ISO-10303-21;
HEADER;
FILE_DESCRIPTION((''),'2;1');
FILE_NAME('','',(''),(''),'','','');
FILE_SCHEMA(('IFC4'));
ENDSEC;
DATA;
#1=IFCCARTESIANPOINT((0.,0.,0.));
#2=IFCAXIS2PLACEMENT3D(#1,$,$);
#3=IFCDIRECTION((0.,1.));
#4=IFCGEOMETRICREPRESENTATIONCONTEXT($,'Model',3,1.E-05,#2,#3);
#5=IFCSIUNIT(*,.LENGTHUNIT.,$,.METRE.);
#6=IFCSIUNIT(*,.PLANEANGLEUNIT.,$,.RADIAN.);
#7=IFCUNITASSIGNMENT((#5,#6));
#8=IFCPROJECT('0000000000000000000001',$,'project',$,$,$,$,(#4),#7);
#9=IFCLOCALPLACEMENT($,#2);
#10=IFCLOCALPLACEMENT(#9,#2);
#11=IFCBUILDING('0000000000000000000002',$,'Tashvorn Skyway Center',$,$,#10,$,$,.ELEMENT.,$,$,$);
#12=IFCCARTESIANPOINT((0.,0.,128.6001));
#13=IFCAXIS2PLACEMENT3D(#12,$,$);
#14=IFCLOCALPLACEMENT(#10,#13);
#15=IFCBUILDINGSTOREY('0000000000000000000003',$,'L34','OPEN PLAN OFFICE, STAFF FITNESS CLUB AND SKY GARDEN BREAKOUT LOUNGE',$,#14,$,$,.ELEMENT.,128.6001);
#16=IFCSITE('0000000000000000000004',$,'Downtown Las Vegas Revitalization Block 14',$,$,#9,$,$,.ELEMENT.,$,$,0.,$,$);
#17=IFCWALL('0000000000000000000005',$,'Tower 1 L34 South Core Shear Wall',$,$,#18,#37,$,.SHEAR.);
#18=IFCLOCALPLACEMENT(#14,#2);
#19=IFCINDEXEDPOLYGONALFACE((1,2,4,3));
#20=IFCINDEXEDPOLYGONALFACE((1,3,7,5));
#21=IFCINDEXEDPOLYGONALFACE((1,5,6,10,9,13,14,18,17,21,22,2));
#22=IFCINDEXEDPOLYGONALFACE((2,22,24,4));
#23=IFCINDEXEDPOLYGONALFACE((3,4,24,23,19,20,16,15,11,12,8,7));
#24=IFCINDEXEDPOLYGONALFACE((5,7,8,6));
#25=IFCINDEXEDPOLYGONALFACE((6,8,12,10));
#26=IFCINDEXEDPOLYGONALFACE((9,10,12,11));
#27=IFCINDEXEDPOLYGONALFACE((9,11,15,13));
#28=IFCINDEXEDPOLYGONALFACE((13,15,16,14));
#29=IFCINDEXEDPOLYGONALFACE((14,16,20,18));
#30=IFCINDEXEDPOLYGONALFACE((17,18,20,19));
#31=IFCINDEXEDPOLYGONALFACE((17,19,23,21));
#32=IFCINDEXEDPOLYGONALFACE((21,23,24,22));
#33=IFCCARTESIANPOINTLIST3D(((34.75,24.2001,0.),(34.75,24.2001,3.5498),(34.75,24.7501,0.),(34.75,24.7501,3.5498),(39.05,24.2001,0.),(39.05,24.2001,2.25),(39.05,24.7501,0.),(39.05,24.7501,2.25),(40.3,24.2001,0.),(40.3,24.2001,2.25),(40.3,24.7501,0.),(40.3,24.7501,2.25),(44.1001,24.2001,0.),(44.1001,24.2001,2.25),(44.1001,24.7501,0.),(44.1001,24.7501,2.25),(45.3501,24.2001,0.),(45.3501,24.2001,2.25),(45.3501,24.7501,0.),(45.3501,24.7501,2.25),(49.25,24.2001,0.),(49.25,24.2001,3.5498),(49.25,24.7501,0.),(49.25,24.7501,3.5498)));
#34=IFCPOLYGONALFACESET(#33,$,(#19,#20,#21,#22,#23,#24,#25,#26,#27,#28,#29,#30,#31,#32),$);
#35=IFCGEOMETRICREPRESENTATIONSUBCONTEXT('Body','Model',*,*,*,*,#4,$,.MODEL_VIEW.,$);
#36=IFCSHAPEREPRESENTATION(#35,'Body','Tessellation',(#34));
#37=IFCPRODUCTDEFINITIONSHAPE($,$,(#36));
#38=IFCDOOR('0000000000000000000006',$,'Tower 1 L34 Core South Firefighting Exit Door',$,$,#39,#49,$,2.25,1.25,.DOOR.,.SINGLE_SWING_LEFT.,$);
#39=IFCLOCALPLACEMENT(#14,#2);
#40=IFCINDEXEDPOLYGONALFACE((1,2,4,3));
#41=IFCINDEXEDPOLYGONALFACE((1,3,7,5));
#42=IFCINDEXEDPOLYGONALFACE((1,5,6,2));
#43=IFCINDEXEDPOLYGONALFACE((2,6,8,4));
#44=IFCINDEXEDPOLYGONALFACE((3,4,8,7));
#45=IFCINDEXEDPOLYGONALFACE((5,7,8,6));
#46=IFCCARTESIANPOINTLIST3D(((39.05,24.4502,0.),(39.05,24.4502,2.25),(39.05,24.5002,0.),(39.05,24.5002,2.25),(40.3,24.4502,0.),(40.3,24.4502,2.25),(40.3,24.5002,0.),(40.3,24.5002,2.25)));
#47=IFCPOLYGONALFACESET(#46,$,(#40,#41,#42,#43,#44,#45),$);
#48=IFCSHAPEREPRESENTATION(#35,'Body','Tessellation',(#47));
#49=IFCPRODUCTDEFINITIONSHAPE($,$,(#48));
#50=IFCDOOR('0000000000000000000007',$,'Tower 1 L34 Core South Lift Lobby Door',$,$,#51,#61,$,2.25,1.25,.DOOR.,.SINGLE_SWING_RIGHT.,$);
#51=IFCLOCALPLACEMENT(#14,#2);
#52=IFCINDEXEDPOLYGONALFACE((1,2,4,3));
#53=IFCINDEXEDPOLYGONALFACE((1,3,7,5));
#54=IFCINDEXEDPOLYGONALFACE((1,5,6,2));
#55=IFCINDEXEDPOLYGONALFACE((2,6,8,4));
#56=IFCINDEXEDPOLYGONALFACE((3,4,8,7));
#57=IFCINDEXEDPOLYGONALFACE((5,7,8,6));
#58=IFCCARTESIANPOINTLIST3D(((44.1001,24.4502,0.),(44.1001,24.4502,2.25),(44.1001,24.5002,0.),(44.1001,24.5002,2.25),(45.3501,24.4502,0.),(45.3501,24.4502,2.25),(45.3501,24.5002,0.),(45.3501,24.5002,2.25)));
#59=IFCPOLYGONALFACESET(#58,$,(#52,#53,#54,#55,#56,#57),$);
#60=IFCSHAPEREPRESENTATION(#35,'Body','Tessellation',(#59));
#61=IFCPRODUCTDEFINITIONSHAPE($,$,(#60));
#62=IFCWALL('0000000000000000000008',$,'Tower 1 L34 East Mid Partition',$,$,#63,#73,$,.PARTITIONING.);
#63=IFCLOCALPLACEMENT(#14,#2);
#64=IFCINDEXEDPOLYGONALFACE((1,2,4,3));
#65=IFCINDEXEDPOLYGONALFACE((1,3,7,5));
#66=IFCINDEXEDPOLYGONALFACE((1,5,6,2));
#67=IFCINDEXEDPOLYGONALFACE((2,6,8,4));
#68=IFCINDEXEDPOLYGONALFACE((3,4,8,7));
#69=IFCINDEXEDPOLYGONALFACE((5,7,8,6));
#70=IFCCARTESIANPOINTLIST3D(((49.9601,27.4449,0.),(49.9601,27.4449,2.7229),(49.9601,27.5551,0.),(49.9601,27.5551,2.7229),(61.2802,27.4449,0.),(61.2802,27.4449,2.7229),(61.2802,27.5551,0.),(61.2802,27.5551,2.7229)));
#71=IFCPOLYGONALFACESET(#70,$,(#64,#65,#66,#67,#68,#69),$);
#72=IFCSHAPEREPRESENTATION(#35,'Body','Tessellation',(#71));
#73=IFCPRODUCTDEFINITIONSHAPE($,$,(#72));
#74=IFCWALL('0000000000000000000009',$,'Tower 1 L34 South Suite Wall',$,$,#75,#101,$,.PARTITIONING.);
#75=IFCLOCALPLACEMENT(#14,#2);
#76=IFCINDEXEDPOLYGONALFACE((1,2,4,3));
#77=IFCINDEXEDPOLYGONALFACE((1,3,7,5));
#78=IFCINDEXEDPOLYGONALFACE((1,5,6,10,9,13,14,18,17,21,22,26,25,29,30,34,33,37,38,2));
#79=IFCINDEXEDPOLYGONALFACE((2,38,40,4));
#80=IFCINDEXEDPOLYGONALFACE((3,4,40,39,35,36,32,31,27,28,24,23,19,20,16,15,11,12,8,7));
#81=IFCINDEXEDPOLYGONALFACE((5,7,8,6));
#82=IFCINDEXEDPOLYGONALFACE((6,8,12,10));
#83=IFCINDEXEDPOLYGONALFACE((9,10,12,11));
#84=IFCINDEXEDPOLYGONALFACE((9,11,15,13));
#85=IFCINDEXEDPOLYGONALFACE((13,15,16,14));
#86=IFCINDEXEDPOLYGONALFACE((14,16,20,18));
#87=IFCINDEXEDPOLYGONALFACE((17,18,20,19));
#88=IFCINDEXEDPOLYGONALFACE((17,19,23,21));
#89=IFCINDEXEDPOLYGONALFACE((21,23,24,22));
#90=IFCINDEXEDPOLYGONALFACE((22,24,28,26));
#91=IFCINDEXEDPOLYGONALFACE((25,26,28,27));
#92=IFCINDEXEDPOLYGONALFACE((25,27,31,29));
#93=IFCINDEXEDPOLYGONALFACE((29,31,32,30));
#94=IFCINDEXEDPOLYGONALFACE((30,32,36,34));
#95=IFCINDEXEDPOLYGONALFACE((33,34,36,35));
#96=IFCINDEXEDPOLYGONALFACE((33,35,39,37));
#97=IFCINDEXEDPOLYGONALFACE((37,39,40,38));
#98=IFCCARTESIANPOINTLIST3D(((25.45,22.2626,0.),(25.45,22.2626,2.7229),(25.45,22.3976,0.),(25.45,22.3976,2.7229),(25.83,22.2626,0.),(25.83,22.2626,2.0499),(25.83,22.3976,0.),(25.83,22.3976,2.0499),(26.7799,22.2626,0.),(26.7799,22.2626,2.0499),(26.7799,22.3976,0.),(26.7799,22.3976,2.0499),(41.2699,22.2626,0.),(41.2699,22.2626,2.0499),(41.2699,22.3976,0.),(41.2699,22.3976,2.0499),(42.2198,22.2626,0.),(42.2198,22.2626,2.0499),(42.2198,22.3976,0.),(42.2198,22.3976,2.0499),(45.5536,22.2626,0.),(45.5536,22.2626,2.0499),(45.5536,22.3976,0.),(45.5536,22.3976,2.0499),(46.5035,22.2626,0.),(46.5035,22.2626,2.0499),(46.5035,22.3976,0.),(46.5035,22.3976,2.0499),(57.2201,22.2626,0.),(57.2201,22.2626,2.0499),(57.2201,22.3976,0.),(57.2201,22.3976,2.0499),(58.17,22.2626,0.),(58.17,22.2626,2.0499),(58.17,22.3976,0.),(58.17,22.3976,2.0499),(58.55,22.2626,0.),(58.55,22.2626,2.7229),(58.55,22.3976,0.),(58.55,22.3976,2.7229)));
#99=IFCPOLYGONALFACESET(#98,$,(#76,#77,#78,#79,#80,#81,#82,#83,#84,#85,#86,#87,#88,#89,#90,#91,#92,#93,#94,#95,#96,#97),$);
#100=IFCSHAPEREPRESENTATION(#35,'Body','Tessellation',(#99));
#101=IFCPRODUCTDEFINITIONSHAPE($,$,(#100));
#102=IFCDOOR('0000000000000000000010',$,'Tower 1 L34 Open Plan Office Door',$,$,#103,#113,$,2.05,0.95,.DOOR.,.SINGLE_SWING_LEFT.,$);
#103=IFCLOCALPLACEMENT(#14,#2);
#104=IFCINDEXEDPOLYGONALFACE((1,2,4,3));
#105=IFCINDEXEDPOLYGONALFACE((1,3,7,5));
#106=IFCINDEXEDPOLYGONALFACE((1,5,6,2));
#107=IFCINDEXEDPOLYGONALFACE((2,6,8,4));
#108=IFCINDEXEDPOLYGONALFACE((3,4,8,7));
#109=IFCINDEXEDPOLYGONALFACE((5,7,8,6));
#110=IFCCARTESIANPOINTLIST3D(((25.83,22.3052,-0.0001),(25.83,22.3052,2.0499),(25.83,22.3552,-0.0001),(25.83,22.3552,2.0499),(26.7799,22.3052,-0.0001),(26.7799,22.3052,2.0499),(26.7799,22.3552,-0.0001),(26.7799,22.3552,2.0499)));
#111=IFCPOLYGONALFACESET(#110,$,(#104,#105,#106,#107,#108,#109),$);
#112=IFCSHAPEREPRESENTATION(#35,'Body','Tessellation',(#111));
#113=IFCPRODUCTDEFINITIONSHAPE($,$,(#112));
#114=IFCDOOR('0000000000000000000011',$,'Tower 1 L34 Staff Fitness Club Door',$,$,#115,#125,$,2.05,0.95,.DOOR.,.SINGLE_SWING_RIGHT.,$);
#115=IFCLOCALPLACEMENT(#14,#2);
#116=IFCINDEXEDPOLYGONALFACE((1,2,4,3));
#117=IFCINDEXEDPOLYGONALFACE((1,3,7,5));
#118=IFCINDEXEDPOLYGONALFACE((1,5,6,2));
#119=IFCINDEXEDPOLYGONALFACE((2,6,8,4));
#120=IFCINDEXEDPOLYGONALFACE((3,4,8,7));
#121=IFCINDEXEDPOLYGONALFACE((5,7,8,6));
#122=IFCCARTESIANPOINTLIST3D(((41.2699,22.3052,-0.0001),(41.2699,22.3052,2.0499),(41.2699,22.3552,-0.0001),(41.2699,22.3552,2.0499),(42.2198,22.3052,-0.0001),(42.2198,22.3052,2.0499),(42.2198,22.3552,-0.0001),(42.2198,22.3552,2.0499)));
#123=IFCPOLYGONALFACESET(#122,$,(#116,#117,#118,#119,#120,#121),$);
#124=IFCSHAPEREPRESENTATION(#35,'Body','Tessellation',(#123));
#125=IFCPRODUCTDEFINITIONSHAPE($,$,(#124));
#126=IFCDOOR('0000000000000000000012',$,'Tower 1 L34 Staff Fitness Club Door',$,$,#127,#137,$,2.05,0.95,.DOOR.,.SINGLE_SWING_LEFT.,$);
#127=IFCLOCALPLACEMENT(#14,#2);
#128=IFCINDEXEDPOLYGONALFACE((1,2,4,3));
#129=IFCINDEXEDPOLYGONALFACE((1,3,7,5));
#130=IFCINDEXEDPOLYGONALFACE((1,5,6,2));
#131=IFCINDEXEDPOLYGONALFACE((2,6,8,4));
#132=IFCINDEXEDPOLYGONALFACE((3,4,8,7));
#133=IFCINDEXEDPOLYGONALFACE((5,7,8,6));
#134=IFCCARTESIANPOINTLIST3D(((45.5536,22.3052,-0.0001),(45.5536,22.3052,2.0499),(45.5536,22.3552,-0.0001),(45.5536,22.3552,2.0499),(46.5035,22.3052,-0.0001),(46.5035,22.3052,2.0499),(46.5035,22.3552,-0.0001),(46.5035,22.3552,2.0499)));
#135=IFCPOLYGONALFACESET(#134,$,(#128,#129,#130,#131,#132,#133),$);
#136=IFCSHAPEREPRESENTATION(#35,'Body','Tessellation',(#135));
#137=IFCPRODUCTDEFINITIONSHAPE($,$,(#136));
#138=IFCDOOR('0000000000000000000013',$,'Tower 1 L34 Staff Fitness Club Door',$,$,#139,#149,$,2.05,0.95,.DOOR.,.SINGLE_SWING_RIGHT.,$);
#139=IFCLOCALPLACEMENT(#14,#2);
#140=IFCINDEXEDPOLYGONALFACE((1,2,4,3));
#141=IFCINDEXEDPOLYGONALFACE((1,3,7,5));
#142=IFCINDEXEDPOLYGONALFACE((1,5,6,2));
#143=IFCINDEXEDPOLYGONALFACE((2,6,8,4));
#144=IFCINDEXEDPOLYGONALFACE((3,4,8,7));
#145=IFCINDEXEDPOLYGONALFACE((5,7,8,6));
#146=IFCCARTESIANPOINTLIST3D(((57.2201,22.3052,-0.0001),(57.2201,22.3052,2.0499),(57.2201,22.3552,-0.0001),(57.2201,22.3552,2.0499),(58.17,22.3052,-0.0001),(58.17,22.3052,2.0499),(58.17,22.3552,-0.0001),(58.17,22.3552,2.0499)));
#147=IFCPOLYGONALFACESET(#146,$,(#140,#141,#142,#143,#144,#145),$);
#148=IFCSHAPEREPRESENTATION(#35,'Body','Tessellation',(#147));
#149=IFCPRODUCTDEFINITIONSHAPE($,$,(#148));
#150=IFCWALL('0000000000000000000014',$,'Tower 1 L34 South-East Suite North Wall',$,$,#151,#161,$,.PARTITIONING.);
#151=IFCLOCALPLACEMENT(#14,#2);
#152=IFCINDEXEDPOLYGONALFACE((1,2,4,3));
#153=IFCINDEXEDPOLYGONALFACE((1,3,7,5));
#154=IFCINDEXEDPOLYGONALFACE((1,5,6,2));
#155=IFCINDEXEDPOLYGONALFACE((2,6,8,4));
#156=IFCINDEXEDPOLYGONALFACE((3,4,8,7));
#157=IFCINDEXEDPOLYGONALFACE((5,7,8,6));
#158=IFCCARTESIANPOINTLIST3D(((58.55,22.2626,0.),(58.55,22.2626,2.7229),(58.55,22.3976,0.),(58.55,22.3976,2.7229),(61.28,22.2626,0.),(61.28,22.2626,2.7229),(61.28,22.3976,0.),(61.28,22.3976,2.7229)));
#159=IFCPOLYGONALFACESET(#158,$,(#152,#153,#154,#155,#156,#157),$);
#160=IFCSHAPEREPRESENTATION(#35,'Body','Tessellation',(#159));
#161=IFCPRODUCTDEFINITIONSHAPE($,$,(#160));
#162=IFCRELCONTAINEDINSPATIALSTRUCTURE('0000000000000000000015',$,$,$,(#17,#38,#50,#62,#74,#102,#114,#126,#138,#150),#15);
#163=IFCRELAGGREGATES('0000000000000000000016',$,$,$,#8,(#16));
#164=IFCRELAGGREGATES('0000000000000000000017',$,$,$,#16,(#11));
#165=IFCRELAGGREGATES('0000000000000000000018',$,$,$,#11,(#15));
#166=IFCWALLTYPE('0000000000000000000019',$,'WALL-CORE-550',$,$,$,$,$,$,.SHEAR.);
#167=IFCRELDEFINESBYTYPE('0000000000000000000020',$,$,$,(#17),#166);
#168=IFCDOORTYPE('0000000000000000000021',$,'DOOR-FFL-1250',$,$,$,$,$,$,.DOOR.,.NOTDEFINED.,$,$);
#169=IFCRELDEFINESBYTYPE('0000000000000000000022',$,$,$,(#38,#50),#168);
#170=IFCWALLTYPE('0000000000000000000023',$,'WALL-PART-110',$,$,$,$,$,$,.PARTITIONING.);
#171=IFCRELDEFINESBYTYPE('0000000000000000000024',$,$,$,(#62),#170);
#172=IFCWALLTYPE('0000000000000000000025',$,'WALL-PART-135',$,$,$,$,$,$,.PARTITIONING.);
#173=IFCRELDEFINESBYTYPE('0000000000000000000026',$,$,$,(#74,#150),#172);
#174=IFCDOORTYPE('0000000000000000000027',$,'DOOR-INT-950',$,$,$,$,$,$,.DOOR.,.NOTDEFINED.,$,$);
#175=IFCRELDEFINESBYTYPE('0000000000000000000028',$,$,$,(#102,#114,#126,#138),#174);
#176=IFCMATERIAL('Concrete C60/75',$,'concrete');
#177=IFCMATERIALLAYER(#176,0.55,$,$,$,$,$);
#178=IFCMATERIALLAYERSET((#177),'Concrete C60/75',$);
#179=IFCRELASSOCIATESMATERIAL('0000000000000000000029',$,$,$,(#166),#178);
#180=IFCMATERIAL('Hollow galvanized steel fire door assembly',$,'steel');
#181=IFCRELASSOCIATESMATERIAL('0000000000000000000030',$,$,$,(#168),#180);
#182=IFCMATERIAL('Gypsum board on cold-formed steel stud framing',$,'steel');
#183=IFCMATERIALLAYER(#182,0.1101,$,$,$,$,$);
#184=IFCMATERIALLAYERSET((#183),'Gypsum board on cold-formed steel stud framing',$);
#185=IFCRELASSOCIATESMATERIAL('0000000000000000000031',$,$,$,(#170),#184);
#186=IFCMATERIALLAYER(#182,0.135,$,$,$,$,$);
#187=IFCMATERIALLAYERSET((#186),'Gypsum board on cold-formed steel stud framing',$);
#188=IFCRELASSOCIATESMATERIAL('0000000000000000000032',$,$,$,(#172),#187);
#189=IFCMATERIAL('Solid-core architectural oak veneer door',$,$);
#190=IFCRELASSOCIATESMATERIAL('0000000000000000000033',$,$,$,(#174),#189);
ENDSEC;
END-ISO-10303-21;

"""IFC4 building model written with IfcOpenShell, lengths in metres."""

from ifc_helpers import new_model, si_unit, direction, frame, frame_2d, origin, place, context, subcontext, project, spatial, rectangle, extrude, material, layer, layer_set, type_object, element, fill, save


model = new_model("IFC4")

# Units and contexts
model_context = context("Model", 3, precision=1e-05, world=origin(), true_north=direction((0.0, 1.0)))
body_context = subcontext(model_context, "Body", "Model", "MODEL_VIEW")
ifc_project = project(units=[si_unit("LENGTHUNIT", "METRE"), si_unit("PLANEANGLEUNIT", "RADIAN")], contexts=[model_context])

# Site, building, storey
site_placement = place(None, origin())
site = spatial("IfcSite", under=ifc_project, at=site_placement, Name="Downtown Las Vegas Revitalization Block 14", CompositionType="ELEMENT", RefElevation=0.0)
building_placement = place(site_placement, origin())
building = spatial("IfcBuilding", under=site, at=building_placement, Name="Tashvorn Skyway Center", CompositionType="ELEMENT")
storey_placement = place(building_placement, frame((0.0, 0.0, 128.6001)))
storey = spatial("IfcBuildingStorey", under=building, at=storey_placement, Name="L34", Description="OPEN PLAN OFFICE, STAFF FITNESS CLUB AND SKY GARDEN BREAKOUT LOUNGE", CompositionType="ELEMENT", Elevation=128.6001)

# Wall, openings, doors
ifc_material_1 = material(Name="Concrete C60/75", Category="concrete")
ifc_layer_1 = layer(ifc_material_1, 0.55)
ifc_layer_set_1 = layer_set([ifc_layer_1], Name="Concrete C60/75")
wall_type_1 = type_object("IfcWallType", Name="WALL-CORE-550", PredefinedType="SHEAR", material=ifc_layer_set_1)
wall_1_placement = place(storey_placement, frame((49.25, 24.4751, 0.0), z_axis=(0.0, 0.0, 1.0), x_axis=(-1.0, 0.0, 0.0)))
wall_1 = element("IfcWall", 1, at=wall_1_placement, inside=storey, type_object=wall_type_1, Name="Tower 1 L34 South Core Shear Wall", PredefinedType="SHEAR", context=body_context, shape_type="SweptSolid", body=[
    extrude(rectangle(XDim=14.5, YDim=0.55, at=frame_2d((7.25, 0.0))), origin(), (0.0, 0.0, 1.0), 3.5498),
])
opening_1_placement = place(wall_1_placement, frame((8.95, 0.0, 0.0)))
opening_1 = element("IfcOpeningElement", 2, at=opening_1_placement, cuts=wall_1, PredefinedType="OPENING", context=body_context, shape_type="SweptSolid", body=[
    extrude(rectangle(XDim=1.25, YDim=2.25, at=frame_2d((0.625, 1.125))), frame((0.0, 0.2849, 0.0), z_axis=(0.0, -1.0, 0.0), x_axis=(1.0, 0.0, 0.0)), (0.0, 0.0, 1.0), 0.5701),
])
opening_2_placement = place(wall_1_placement, frame((3.8999, 0.0, 0.0)))
opening_2 = element("IfcOpeningElement", 3, at=opening_2_placement, cuts=wall_1, PredefinedType="OPENING", context=body_context, shape_type="SweptSolid", body=[
    extrude(rectangle(XDim=1.25, YDim=2.25, at=frame_2d((0.625, 1.125))), frame((0.0, 0.2849, 0.0), z_axis=(0.0, -1.0, 0.0), x_axis=(1.0, 0.0, 0.0)), (0.0, 0.0, 1.0), 0.5701),
])
ifc_material_2 = material(Name="Hollow galvanized steel fire door assembly", Category="steel")
door_type_1 = type_object("IfcDoorType", Name="DOOR-FFL-1250", OperationType="NOTDEFINED", PredefinedType="DOOR", material=ifc_material_2)
door_1_placement = place(opening_1_placement, origin())
door_1 = element("IfcDoor", 4, at=door_1_placement, inside=storey, type_object=door_type_1, Name="Tower 1 L34 Core South Firefighting Exit Door", OperationType="SINGLE_SWING_LEFT", OverallHeight=2.25, OverallWidth=1.25, PredefinedType="DOOR", context=body_context, shape_type="SweptSolid", body=[
    extrude(rectangle(XDim=1.25, YDim=2.25, at=frame_2d((0.625, 1.125))), frame((0.0, 0.0249, 0.0), z_axis=(0.0, -1.0, 0.0), x_axis=(1.0, 0.0, 0.0)), (0.0, 0.0, 1.0), 0.05),
])
fill(opening_1, door_1)
door_2_placement = place(opening_2_placement, origin())
door_2 = element("IfcDoor", 5, at=door_2_placement, inside=storey, type_object=door_type_1, Name="Tower 1 L34 Core South Lift Lobby Door", OperationType="SINGLE_SWING_RIGHT", OverallHeight=2.25, OverallWidth=1.25, PredefinedType="DOOR", context=body_context, shape_type="SweptSolid", body=[
    extrude(rectangle(XDim=1.25, YDim=2.25, at=frame_2d((0.625, 1.125))), frame((0.0, 0.0249, 0.0), z_axis=(0.0, -1.0, 0.0), x_axis=(1.0, 0.0, 0.0)), (0.0, 0.0, 1.0), 0.05),
])
fill(opening_2, door_2)

# Wall
ifc_material_3 = material(Name="Gypsum board on cold-formed steel stud framing", Category="steel")
ifc_layer_2 = layer(ifc_material_3, 0.1101)
ifc_layer_set_2 = layer_set([ifc_layer_2], Name="Gypsum board on cold-formed steel stud framing")
wall_type_2 = type_object("IfcWallType", Name="WALL-PART-110", PredefinedType="PARTITIONING", material=ifc_layer_set_2)
wall_2_placement = place(storey_placement, frame((49.96, 27.5, 0.0), z_axis=(0.0, 0.0, 1.0), x_axis=(1.0, 0.0, 0.0)))
element("IfcWall", 6, at=wall_2_placement, inside=storey, type_object=wall_type_2, Name="Tower 1 L34 East Mid Partition", PredefinedType="PARTITIONING", context=body_context, shape_type="SweptSolid", body=[
    extrude(rectangle(XDim=11.3201, YDim=0.1101, at=frame_2d((5.6602, 0.0))), origin(), (0.0, 0.0, 1.0), 2.7229),
])

# Wall, openings, doors
ifc_layer_3 = layer(ifc_material_3, 0.135)
ifc_layer_set_3 = layer_set([ifc_layer_3], Name="Gypsum board on cold-formed steel stud framing")
wall_type_3 = type_object("IfcWallType", Name="WALL-PART-135", PredefinedType="PARTITIONING", material=ifc_layer_set_3)
wall_3_placement = place(storey_placement, frame((58.55, 22.3301, 0.0), z_axis=(0.0, 0.0, 1.0), x_axis=(-1.0, 0.0, 0.0)))
wall_3 = element("IfcWall", 7, at=wall_3_placement, inside=storey, type_object=wall_type_3, Name="Tower 1 L34 South Suite Wall", PredefinedType="PARTITIONING", context=body_context, shape_type="SweptSolid", body=[
    extrude(rectangle(XDim=33.1001, YDim=0.135, at=frame_2d((16.55, 0.0))), origin(), (0.0, 0.0, 1.0), 2.7229),
])
opening_3_placement = place(wall_3_placement, frame((31.77, 0.0, 0.0)))
opening_3 = element("IfcOpeningElement", 8, at=opening_3_placement, cuts=wall_3, PredefinedType="OPENING", context=body_context, shape_type="SweptSolid", body=[
    extrude(rectangle(XDim=0.95, YDim=2.05, at=frame_2d((0.4751, 1.0249))), frame((0.0, 0.0774, 0.0), z_axis=(0.0, -1.0, 0.0), x_axis=(1.0, 0.0, 0.0)), (0.0, 0.0, 1.0), 0.155),
])
opening_4_placement = place(wall_3_placement, frame((16.3301, 0.0, 0.0)))
opening_4 = element("IfcOpeningElement", 9, at=opening_4_placement, cuts=wall_3, PredefinedType="OPENING", context=body_context, shape_type="SweptSolid", body=[
    extrude(rectangle(XDim=0.95, YDim=2.05, at=frame_2d((0.4751, 1.0249))), frame((0.0, 0.0774, 0.0), z_axis=(0.0, -1.0, 0.0), x_axis=(1.0, 0.0, 0.0)), (0.0, 0.0, 1.0), 0.155),
])
opening_5_placement = place(wall_3_placement, frame((12.0464, 0.0, 0.0)))
opening_5 = element("IfcOpeningElement", 10, at=opening_5_placement, cuts=wall_3, PredefinedType="OPENING", context=body_context, shape_type="SweptSolid", body=[
    extrude(rectangle(XDim=0.95, YDim=2.05, at=frame_2d((0.4751, 1.0249))), frame((0.0, 0.0774, 0.0), z_axis=(0.0, -1.0, 0.0), x_axis=(1.0, 0.0, 0.0)), (0.0, 0.0, 1.0), 0.155),
])
opening_6_placement = place(wall_3_placement, frame((0.3799, 0.0, 0.0)))
opening_6 = element("IfcOpeningElement", 11, at=opening_6_placement, cuts=wall_3, PredefinedType="OPENING", context=body_context, shape_type="SweptSolid", body=[
    extrude(rectangle(XDim=0.95, YDim=2.05, at=frame_2d((0.4751, 1.0249))), frame((0.0, 0.0774, 0.0), z_axis=(0.0, -1.0, 0.0), x_axis=(1.0, 0.0, 0.0)), (0.0, 0.0, 1.0), 0.155),
])
ifc_material_4 = material(Name="Solid-core architectural oak veneer door")
door_type_2 = type_object("IfcDoorType", Name="DOOR-INT-950", OperationType="NOTDEFINED", PredefinedType="DOOR", material=ifc_material_4)
door_3_placement = place(opening_3_placement, origin())
door_3 = element("IfcDoor", 12, at=door_3_placement, inside=storey, type_object=door_type_2, Name="Tower 1 L34 Open Plan Office Door", OperationType="SINGLE_SWING_LEFT", OverallHeight=2.05, OverallWidth=0.95, PredefinedType="DOOR", context=body_context, shape_type="SweptSolid", body=[
    extrude(rectangle(XDim=0.95, YDim=2.05, at=frame_2d((0.4751, 1.0249))), frame((0.0, 0.0249, 0.0), z_axis=(0.0, -1.0, 0.0), x_axis=(1.0, 0.0, 0.0)), (0.0, 0.0, 1.0), 0.05),
])
fill(opening_3, door_3)
door_4_placement = place(opening_4_placement, origin())
door_4 = element("IfcDoor", 13, at=door_4_placement, inside=storey, type_object=door_type_2, Name="Tower 1 L34 Staff Fitness Club Door", OperationType="SINGLE_SWING_RIGHT", OverallHeight=2.05, OverallWidth=0.95, PredefinedType="DOOR", context=body_context, shape_type="SweptSolid", body=[
    extrude(rectangle(XDim=0.95, YDim=2.05, at=frame_2d((0.4751, 1.0249))), frame((0.0, 0.0249, 0.0), z_axis=(0.0, -1.0, 0.0), x_axis=(1.0, 0.0, 0.0)), (0.0, 0.0, 1.0), 0.05),
])
fill(opening_4, door_4)
door_5_placement = place(opening_5_placement, origin())
door_5 = element("IfcDoor", 14, at=door_5_placement, inside=storey, type_object=door_type_2, Name="Tower 1 L34 Staff Fitness Club Door", OperationType="SINGLE_SWING_LEFT", OverallHeight=2.05, OverallWidth=0.95, PredefinedType="DOOR", context=body_context, shape_type="SweptSolid", body=[
    extrude(rectangle(XDim=0.95, YDim=2.05, at=frame_2d((0.4751, 1.0249))), frame((0.0, 0.0249, 0.0), z_axis=(0.0, -1.0, 0.0), x_axis=(1.0, 0.0, 0.0)), (0.0, 0.0, 1.0), 0.05),
])
fill(opening_5, door_5)
door_6_placement = place(opening_6_placement, origin())
door_6 = element("IfcDoor", 15, at=door_6_placement, inside=storey, type_object=door_type_2, Name="Tower 1 L34 Staff Fitness Club Door", OperationType="SINGLE_SWING_RIGHT", OverallHeight=2.05, OverallWidth=0.95, PredefinedType="DOOR", context=body_context, shape_type="SweptSolid", body=[
    extrude(rectangle(XDim=0.95, YDim=2.05, at=frame_2d((0.4751, 1.0249))), frame((0.0, 0.0249, 0.0), z_axis=(0.0, -1.0, 0.0), x_axis=(1.0, 0.0, 0.0)), (0.0, 0.0, 1.0), 0.05),
])
fill(opening_6, door_6)

# Wall
wall_4_placement = place(storey_placement, frame((58.55, 22.3301, 0.0), z_axis=(0.0, 0.0, 1.0), x_axis=(1.0, 0.0, 0.0)))
element("IfcWall", 16, at=wall_4_placement, inside=storey, type_object=wall_type_3, Name="Tower 1 L34 South-East Suite North Wall", PredefinedType="PARTITIONING", context=body_context, shape_type="SweptSolid", body=[
    extrude(rectangle(XDim=2.73, YDim=0.135, at=frame_2d((1.365, 0.0))), origin(), (0.0, 0.0, 1.0), 2.7229),
])

save(model, "model.ifc")
